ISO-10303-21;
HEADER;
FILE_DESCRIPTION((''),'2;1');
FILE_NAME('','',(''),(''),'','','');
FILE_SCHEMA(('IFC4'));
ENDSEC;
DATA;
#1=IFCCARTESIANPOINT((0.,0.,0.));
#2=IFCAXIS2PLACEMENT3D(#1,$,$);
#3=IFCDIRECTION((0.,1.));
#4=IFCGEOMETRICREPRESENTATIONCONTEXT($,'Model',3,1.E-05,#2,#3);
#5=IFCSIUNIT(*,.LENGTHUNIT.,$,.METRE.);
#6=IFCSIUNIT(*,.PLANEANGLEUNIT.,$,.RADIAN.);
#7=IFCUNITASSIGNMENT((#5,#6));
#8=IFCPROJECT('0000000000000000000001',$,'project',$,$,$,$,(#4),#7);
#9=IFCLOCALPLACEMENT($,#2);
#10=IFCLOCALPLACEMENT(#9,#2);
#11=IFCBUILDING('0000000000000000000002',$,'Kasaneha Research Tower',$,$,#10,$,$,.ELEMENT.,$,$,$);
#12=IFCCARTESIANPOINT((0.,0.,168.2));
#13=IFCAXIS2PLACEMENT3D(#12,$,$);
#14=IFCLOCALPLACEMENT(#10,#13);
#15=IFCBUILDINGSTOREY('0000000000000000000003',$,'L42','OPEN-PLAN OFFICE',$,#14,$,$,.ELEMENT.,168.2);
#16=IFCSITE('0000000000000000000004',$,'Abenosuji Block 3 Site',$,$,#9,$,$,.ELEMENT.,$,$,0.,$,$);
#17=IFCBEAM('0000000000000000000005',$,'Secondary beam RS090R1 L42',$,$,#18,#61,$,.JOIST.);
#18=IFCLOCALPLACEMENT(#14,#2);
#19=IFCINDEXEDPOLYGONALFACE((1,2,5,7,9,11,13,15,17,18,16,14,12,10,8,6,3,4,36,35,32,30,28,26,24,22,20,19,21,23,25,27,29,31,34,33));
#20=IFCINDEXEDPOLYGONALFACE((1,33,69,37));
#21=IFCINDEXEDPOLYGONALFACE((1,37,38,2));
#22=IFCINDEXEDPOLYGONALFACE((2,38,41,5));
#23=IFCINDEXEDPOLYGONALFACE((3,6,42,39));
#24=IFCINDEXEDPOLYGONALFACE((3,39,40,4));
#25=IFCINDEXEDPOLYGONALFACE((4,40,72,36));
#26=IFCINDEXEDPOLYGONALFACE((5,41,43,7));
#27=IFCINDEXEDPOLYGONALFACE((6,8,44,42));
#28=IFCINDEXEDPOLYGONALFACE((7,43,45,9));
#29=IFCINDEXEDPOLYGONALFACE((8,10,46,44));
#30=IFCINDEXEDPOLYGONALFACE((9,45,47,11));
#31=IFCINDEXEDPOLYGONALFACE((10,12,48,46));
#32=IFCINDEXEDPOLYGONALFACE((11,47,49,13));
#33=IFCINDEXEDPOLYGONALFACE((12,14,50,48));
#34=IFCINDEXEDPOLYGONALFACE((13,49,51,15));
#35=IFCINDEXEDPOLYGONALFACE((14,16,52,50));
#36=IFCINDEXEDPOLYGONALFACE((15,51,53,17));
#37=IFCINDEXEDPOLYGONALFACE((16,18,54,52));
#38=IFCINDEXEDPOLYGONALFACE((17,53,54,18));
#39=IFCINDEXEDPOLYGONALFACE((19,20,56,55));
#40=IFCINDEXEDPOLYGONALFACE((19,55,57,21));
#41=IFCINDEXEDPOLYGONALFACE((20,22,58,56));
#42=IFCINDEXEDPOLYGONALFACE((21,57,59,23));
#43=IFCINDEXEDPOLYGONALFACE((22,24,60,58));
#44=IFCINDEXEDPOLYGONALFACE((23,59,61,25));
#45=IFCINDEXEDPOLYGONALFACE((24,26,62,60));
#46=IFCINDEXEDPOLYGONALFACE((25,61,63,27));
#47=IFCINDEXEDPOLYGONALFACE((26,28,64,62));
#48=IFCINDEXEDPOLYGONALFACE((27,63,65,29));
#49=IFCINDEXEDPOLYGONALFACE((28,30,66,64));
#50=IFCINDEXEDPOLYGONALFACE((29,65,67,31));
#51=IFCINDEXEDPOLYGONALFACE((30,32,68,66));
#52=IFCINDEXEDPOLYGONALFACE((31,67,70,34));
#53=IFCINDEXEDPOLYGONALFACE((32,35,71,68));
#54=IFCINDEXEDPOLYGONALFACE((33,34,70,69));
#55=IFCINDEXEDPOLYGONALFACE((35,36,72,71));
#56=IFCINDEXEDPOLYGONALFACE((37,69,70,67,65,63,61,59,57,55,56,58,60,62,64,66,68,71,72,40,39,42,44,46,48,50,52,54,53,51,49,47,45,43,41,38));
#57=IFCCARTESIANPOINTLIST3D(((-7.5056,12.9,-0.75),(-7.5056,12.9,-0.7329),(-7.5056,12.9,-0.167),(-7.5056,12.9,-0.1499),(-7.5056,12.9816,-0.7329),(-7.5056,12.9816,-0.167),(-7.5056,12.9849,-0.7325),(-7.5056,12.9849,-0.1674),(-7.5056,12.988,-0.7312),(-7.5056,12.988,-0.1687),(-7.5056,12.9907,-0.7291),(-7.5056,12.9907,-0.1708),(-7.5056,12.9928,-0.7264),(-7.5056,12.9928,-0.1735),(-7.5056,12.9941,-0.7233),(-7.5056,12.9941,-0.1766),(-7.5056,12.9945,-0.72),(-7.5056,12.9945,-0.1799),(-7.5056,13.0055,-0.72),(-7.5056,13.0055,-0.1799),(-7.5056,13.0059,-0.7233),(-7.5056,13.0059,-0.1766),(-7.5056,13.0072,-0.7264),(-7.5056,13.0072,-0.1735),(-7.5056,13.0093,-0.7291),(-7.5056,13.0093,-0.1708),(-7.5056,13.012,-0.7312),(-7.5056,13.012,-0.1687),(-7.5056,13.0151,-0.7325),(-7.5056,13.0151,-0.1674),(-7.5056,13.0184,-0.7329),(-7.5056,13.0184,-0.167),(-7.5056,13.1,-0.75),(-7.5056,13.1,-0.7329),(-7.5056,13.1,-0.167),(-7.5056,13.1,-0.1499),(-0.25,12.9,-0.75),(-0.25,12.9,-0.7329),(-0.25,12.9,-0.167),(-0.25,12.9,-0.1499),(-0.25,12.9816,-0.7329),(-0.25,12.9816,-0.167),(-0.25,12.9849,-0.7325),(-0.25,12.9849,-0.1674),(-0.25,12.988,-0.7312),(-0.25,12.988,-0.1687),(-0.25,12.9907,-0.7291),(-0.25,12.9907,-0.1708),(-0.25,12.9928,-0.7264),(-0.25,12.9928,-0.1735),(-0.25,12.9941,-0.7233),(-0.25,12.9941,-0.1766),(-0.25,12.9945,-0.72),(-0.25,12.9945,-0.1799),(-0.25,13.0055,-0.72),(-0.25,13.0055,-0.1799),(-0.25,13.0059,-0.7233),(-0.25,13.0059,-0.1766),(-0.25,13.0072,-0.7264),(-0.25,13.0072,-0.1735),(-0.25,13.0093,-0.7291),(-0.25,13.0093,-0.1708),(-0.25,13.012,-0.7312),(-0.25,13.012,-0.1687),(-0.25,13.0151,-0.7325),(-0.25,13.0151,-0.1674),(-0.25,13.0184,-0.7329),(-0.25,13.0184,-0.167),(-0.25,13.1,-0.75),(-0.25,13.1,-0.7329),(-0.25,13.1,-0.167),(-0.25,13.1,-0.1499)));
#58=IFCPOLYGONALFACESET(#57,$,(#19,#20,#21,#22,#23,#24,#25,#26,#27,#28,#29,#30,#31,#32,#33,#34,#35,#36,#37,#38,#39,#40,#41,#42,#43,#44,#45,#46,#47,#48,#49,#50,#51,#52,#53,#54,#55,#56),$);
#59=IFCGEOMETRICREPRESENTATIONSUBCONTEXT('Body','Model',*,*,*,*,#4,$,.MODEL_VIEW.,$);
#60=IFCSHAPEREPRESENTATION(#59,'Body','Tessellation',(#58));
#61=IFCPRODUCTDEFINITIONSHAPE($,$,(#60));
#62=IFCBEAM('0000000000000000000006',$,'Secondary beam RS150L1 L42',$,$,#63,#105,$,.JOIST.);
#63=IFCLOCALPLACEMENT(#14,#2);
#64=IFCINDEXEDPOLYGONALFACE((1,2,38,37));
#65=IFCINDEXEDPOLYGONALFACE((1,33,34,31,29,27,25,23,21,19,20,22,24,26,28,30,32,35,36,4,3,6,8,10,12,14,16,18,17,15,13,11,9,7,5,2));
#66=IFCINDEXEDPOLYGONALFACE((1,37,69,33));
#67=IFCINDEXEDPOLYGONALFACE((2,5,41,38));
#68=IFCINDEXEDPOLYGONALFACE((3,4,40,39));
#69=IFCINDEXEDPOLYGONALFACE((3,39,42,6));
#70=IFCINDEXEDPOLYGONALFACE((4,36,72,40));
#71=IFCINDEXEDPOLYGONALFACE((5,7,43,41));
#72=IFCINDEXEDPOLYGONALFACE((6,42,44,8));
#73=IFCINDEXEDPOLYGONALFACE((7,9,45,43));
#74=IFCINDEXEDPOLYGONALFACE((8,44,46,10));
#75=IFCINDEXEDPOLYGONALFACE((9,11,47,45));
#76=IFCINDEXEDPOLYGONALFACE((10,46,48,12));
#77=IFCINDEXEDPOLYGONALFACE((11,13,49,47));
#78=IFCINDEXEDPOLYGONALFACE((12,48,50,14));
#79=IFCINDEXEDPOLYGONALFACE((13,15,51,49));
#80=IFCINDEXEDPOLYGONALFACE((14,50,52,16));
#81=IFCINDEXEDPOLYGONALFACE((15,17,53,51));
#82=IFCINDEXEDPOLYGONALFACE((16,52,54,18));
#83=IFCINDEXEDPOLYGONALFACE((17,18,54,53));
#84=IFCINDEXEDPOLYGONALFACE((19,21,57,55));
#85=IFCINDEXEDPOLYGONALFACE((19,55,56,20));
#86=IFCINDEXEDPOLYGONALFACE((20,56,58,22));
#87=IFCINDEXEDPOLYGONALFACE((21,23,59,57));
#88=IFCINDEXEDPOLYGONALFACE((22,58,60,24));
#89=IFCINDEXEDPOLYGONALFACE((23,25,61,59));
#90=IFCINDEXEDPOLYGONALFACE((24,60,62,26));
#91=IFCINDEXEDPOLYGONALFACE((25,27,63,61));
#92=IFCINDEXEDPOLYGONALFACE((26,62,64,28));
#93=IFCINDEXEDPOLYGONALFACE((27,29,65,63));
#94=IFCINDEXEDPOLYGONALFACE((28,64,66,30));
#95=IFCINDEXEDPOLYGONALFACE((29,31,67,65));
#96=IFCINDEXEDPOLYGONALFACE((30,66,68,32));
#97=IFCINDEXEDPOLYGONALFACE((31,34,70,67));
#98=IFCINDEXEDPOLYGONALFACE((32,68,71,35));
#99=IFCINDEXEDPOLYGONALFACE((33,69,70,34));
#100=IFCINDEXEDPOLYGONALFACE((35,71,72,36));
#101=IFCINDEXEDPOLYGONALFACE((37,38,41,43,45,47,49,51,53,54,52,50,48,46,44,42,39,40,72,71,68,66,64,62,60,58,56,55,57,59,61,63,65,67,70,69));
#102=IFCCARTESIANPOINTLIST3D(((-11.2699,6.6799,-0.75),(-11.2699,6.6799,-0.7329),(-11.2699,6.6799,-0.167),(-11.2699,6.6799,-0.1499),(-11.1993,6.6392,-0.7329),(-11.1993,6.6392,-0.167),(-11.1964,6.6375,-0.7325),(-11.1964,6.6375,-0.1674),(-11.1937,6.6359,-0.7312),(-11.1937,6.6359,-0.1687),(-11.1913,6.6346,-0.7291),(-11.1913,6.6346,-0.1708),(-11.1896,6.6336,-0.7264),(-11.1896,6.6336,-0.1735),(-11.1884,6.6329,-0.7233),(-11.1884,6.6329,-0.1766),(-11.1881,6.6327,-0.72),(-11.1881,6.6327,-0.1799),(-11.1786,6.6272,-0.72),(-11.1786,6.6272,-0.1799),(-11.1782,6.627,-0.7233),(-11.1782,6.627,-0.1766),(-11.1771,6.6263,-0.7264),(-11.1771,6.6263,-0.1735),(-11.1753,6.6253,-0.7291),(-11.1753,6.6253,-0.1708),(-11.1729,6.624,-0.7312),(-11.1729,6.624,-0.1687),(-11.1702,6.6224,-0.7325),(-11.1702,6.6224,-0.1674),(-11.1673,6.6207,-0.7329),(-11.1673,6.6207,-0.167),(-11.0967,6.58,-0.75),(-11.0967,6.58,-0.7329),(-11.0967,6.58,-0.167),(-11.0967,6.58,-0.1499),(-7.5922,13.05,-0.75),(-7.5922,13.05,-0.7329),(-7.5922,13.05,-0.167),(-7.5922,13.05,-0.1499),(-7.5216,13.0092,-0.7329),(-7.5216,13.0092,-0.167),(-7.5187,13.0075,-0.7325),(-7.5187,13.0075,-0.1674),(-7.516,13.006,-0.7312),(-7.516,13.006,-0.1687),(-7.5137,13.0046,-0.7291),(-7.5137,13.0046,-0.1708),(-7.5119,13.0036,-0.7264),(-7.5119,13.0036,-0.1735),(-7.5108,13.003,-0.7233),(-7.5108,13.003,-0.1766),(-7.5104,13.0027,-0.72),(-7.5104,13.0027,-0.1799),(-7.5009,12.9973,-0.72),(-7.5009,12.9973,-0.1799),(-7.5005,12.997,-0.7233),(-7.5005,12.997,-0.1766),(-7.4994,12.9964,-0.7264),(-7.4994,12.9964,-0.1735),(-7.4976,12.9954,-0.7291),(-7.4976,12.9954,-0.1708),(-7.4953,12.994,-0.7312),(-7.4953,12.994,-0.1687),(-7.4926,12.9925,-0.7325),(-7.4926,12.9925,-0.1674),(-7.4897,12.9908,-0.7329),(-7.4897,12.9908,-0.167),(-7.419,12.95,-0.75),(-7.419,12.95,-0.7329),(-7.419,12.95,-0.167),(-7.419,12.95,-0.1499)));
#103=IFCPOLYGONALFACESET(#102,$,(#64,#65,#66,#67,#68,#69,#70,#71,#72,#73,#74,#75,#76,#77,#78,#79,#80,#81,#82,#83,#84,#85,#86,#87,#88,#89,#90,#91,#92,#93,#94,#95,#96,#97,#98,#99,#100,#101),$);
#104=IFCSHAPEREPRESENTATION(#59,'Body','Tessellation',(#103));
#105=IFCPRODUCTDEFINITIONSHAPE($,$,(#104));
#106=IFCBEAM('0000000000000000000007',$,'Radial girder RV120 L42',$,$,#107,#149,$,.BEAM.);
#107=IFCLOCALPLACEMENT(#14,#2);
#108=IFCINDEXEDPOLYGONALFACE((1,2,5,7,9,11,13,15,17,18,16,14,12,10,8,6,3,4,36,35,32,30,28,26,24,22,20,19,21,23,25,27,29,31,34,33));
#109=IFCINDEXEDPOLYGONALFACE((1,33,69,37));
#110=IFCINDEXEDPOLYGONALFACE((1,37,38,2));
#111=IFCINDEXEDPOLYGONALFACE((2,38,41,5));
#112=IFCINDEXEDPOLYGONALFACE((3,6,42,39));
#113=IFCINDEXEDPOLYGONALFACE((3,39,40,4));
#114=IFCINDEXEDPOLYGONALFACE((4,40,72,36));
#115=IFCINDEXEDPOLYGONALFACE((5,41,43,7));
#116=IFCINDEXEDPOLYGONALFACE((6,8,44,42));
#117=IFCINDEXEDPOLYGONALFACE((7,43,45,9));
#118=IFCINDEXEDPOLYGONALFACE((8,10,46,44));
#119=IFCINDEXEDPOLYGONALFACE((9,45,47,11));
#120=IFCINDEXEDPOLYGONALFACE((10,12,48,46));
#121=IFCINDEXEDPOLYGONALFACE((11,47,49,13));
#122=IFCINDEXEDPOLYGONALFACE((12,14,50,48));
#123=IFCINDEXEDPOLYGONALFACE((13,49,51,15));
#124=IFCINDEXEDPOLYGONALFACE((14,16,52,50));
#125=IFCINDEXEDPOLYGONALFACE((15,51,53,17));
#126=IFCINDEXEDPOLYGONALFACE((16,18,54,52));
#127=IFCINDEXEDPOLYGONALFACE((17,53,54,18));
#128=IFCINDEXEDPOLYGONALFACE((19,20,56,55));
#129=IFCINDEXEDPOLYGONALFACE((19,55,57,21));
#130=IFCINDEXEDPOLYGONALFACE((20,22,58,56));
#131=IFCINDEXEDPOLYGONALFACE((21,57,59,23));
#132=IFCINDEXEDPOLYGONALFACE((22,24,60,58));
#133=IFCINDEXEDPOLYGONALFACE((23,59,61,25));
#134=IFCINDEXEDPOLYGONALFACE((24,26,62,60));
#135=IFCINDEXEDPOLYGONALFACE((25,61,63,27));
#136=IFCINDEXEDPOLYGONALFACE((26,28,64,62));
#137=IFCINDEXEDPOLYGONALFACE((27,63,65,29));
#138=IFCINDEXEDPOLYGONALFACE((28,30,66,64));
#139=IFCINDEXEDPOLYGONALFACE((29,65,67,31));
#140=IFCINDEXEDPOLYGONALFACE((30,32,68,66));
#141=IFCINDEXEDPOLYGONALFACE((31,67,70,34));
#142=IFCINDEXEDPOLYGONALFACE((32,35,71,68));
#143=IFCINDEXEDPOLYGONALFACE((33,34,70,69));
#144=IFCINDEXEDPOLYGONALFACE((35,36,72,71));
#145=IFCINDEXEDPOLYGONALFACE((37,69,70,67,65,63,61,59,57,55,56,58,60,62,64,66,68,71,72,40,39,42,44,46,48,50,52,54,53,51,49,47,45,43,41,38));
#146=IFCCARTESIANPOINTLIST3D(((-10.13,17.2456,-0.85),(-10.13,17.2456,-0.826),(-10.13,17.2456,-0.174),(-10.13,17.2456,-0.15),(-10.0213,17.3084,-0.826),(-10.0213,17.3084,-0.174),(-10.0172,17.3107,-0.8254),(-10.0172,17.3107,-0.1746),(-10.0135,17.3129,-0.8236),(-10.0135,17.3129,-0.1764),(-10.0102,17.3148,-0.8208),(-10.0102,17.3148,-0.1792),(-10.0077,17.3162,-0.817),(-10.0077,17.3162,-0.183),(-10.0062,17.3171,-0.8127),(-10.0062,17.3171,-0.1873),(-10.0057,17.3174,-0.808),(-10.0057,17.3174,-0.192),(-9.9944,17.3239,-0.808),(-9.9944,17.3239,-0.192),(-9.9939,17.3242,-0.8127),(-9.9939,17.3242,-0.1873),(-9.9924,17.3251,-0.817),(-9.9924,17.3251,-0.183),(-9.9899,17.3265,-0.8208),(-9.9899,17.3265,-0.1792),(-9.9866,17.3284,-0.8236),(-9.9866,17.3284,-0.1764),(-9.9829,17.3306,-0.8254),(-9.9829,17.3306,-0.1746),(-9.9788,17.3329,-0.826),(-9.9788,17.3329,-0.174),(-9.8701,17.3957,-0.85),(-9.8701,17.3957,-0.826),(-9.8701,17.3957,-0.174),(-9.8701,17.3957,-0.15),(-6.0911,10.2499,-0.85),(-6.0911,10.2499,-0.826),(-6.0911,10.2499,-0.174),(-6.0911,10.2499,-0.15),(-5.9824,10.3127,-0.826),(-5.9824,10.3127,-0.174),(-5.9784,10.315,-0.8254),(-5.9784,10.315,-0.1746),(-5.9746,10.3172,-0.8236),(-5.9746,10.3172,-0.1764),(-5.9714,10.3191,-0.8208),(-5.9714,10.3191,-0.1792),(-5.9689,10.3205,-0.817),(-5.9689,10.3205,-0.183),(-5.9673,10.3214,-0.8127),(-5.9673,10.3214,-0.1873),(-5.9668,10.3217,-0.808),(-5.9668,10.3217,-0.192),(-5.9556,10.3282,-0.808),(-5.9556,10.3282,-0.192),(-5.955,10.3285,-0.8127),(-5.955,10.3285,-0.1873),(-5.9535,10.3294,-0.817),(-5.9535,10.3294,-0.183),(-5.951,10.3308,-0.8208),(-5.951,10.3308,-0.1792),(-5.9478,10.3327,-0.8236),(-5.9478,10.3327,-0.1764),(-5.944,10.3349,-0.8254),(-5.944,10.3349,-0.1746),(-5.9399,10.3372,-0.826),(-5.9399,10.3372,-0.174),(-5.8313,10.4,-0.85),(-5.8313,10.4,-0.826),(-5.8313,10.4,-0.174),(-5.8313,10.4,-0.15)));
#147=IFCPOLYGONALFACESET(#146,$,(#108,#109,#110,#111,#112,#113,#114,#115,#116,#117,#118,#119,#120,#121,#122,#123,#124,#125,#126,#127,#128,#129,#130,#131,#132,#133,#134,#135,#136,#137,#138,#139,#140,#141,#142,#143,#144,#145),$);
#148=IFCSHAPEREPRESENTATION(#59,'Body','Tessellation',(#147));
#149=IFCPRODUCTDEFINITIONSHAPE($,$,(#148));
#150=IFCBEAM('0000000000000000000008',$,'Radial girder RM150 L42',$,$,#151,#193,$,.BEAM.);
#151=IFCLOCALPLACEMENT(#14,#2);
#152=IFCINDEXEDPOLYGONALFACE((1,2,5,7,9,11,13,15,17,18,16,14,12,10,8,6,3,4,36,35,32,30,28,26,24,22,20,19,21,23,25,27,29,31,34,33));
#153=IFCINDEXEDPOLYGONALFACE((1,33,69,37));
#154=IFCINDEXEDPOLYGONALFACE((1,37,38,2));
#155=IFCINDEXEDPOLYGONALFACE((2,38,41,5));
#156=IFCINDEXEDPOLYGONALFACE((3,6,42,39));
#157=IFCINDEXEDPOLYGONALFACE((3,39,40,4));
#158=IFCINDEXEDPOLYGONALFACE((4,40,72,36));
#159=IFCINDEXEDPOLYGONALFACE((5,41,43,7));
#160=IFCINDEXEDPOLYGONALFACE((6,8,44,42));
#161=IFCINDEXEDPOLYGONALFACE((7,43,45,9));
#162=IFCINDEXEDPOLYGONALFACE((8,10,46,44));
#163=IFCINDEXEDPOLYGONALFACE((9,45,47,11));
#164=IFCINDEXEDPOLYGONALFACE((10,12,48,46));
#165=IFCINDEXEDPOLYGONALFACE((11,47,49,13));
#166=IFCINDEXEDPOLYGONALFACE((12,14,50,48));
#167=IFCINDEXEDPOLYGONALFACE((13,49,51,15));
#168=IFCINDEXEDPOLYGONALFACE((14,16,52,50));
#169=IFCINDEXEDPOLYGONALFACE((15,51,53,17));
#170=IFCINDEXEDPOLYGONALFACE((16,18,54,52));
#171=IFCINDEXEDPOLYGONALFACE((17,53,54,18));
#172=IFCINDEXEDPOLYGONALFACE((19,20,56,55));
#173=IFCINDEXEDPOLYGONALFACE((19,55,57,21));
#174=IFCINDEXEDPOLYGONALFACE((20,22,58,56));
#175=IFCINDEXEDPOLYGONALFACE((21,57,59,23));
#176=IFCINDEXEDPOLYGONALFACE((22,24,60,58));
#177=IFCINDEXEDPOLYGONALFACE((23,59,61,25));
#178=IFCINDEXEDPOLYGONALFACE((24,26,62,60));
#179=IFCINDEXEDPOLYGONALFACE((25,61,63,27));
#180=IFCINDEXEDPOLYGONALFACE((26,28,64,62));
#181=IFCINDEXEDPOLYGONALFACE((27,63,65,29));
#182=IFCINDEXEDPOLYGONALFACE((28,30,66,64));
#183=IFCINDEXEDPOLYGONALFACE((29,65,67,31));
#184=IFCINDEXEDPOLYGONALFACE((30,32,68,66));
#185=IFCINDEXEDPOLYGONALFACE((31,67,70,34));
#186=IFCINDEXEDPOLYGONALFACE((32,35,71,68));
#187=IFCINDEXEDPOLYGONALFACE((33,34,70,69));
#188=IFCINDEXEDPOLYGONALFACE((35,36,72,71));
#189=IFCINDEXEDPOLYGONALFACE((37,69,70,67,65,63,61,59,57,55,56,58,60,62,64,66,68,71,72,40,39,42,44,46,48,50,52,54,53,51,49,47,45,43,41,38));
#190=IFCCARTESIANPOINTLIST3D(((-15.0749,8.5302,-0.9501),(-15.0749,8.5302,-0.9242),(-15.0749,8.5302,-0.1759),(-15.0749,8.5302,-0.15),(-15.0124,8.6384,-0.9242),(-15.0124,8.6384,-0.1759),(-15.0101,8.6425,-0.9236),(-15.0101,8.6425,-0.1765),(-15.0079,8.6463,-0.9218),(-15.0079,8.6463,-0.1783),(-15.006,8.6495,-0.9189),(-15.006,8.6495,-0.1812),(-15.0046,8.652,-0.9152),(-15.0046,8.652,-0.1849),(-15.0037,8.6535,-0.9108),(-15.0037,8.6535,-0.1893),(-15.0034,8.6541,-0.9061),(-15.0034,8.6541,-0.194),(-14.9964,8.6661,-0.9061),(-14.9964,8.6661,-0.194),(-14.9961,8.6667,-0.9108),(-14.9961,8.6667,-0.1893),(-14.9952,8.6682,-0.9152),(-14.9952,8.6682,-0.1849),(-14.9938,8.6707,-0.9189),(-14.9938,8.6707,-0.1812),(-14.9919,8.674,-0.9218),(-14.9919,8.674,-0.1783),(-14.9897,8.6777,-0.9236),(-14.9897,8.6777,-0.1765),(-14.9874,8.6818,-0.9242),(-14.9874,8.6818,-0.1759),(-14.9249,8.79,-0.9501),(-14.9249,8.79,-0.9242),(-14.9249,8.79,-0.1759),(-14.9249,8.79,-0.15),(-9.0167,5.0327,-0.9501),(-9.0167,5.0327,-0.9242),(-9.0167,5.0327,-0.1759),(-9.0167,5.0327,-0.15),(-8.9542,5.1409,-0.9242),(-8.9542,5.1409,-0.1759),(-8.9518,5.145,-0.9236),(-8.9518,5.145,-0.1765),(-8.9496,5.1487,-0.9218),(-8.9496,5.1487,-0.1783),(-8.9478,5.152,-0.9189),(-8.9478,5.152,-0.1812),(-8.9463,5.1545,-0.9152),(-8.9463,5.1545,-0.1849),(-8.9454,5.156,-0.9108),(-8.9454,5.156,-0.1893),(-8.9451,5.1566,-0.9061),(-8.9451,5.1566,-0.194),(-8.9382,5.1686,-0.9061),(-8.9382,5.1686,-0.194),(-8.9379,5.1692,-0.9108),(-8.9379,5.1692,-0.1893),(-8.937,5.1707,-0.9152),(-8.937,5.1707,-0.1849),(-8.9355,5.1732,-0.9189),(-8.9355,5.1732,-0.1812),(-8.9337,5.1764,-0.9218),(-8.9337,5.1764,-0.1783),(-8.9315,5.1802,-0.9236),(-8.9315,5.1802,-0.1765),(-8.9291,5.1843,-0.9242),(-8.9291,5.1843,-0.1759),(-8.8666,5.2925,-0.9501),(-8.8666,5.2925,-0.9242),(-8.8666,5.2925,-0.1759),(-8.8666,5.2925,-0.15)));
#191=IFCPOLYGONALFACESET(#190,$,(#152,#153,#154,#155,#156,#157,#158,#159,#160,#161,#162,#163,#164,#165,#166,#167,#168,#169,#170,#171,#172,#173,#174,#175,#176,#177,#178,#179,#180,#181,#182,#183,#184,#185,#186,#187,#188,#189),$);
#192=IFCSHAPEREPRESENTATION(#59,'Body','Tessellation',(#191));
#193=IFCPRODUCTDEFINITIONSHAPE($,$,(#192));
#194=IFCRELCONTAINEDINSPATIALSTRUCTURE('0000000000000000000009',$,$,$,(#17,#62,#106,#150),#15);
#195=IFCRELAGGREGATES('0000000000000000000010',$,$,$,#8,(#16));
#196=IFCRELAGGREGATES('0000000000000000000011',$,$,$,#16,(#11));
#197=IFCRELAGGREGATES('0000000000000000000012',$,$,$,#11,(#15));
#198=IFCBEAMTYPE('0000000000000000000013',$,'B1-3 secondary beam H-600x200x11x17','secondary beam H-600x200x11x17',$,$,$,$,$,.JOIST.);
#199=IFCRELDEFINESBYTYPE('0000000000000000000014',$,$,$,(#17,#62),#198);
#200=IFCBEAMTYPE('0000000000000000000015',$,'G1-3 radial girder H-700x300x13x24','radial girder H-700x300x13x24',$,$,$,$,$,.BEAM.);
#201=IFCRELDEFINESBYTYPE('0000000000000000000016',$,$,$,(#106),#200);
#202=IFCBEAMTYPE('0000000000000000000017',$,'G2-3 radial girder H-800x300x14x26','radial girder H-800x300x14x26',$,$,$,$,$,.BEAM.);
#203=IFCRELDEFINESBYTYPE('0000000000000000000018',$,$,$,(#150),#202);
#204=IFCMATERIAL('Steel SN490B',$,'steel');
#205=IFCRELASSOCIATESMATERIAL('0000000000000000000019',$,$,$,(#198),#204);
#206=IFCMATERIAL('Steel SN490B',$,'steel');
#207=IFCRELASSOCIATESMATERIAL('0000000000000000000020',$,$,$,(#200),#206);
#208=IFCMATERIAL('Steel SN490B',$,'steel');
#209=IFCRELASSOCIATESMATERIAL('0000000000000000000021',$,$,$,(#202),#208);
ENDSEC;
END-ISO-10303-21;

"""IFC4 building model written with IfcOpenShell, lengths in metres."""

from ifc_helpers import new_model, si_unit, direction, frame, origin, origin_2d, place, context, subcontext, project, spatial, i_section, extrude, material, material_profile, profile_set, type_object, element, save


model = new_model("IFC4")

# Units and contexts
model_context = context("Model", 3, precision=1e-05, world=origin(), true_north=direction((0.0, 1.0)))
body_context = subcontext(model_context, "Body", "Model", "MODEL_VIEW")
ifc_project = project(units=[si_unit("LENGTHUNIT", "METRE"), si_unit("PLANEANGLEUNIT", "RADIAN")], contexts=[model_context])

# Site, building, storey
site_placement = place(None, origin())
site = spatial("IfcSite", under=ifc_project, at=site_placement, Name="Abenosuji Block 3 Site", CompositionType="ELEMENT", RefElevation=0.0)
building_placement = place(site_placement, origin())
building = spatial("IfcBuilding", under=site, at=building_placement, Name="Kasaneha Research Tower", CompositionType="ELEMENT")
storey_placement = place(building_placement, frame((0.0, 0.0, 168.2)))
storey = spatial("IfcBuildingStorey", under=building, at=storey_placement, Name="L42", Description="OPEN-PLAN OFFICE", CompositionType="ELEMENT", Elevation=168.2)

# Beams
ifc_material_1 = material(Name="Steel SN490B", Category="steel")
ifc_material_profile_1 = material_profile(ifc_material_1, i_section(OverallWidth=0.2, OverallDepth=0.6001, WebThickness=0.011, FlangeThickness=0.0171, FilletRadius=0.0129, at=origin_2d()), Name="H-600x200x11x17")
ifc_profile_set_1 = profile_set([ifc_material_profile_1], Name="Steel SN490B")
beam_type_1 = type_object("IfcBeamType", Name="B1-3 secondary beam H-600x200x11x17", Description="secondary beam H-600x200x11x17", PredefinedType="JOIST", material=ifc_profile_set_1)
beam_1_placement = place(storey_placement, frame((-7.5056, 13.0, -0.45), z_axis=(1.0, 0.0, 0.0), x_axis=(0.0, 1.0, 0.0)))
element("IfcBeam", 1, at=beam_1_placement, inside=storey, type_object=beam_type_1, Name="Secondary beam RS090R1 L42", PredefinedType="JOIST", context=body_context, shape_type="SweptSolid", body=[
    extrude(i_section(OverallWidth=0.2, OverallDepth=0.6001, WebThickness=0.011, FlangeThickness=0.0171, FilletRadius=0.0129, at=origin_2d()), origin(), (0.0, 0.0, 1.0), 7.2556),
])
beam_2_placement = place(storey_placement, frame((-7.5056, 13.0, -0.45), z_axis=(-0.499994, -0.866029, 0.0), x_axis=(0.866029, -0.499994, 0.0)))
element("IfcBeam", 2, at=beam_2_placement, inside=storey, type_object=beam_type_1, Name="Secondary beam RS150L1 L42", PredefinedType="JOIST", context=body_context, shape_type="SweptSolid", body=[
    extrude(i_section(OverallWidth=0.2, OverallDepth=0.6001, WebThickness=0.011, FlangeThickness=0.0171, FilletRadius=0.0129, at=origin_2d()), origin(), (0.0, 0.0, 1.0), 7.3555),
])
ifc_material_2 = material(Name="Steel SN490B", Category="steel")
ifc_material_profile_2 = material_profile(ifc_material_2, i_section(OverallWidth=0.3, OverallDepth=0.7, WebThickness=0.0129, FlangeThickness=0.0239, FilletRadius=0.0181, at=origin_2d()), Name="H-700x300x13x24")
ifc_profile_set_2 = profile_set([ifc_material_profile_2], Name="Steel SN490B")
beam_type_2 = type_object("IfcBeamType", Name="G1-3 radial girder H-700x300x13x24", Description="radial girder H-700x300x13x24", PredefinedType="BEAM", material=ifc_profile_set_2)
beam_3_placement = place(storey_placement, frame((-5.9612, 10.325, -0.5), z_axis=(-0.499991, 0.866031, 0.0), x_axis=(-0.866031, -0.499991, 0.0)))
element("IfcBeam", 3, at=beam_3_placement, inside=storey, type_object=beam_type_2, Name="Radial girder RV120 L42", PredefinedType="BEAM", context=body_context, shape_type="SweptSolid", body=[
    extrude(i_section(OverallWidth=0.3, OverallDepth=0.7, WebThickness=0.0129, FlangeThickness=0.0239, FilletRadius=0.0181, at=origin_2d()), origin(), (0.0, 0.0, 1.0), 8.0779),
])
ifc_material_3 = material(Name="Steel SN490B", Category="steel")
ifc_material_profile_3 = material_profile(ifc_material_3, i_section(OverallWidth=0.3, OverallDepth=0.8, WebThickness=0.0139, FlangeThickness=0.0259, FilletRadius=0.0181, at=origin_2d()), Name="H-800x300x14x26")
ifc_profile_set_3 = profile_set([ifc_material_profile_3], Name="Steel SN490B")
beam_type_3 = type_object("IfcBeamType", Name="G2-3 radial girder H-800x300x14x26", Description="radial girder H-800x300x14x26", PredefinedType="BEAM", material=ifc_profile_set_3)
beam_4_placement = place(storey_placement, frame((-8.9417, 5.1626, -0.55), z_axis=(-0.86604, 0.499975, 0.0), x_axis=(-0.499975, -0.86604, 0.0)))
element("IfcBeam", 4, at=beam_4_placement, inside=storey, type_object=beam_type_3, Name="Radial girder RM150 L42", PredefinedType="BEAM", context=body_context, shape_type="SweptSolid", body=[
    extrude(i_section(OverallWidth=0.3, OverallDepth=0.8, WebThickness=0.0139, FlangeThickness=0.0259, FilletRadius=0.0181, at=origin_2d()), origin(), (0.0, 0.0, 1.0), 6.9954),
])

save(model, "model.ifc")
